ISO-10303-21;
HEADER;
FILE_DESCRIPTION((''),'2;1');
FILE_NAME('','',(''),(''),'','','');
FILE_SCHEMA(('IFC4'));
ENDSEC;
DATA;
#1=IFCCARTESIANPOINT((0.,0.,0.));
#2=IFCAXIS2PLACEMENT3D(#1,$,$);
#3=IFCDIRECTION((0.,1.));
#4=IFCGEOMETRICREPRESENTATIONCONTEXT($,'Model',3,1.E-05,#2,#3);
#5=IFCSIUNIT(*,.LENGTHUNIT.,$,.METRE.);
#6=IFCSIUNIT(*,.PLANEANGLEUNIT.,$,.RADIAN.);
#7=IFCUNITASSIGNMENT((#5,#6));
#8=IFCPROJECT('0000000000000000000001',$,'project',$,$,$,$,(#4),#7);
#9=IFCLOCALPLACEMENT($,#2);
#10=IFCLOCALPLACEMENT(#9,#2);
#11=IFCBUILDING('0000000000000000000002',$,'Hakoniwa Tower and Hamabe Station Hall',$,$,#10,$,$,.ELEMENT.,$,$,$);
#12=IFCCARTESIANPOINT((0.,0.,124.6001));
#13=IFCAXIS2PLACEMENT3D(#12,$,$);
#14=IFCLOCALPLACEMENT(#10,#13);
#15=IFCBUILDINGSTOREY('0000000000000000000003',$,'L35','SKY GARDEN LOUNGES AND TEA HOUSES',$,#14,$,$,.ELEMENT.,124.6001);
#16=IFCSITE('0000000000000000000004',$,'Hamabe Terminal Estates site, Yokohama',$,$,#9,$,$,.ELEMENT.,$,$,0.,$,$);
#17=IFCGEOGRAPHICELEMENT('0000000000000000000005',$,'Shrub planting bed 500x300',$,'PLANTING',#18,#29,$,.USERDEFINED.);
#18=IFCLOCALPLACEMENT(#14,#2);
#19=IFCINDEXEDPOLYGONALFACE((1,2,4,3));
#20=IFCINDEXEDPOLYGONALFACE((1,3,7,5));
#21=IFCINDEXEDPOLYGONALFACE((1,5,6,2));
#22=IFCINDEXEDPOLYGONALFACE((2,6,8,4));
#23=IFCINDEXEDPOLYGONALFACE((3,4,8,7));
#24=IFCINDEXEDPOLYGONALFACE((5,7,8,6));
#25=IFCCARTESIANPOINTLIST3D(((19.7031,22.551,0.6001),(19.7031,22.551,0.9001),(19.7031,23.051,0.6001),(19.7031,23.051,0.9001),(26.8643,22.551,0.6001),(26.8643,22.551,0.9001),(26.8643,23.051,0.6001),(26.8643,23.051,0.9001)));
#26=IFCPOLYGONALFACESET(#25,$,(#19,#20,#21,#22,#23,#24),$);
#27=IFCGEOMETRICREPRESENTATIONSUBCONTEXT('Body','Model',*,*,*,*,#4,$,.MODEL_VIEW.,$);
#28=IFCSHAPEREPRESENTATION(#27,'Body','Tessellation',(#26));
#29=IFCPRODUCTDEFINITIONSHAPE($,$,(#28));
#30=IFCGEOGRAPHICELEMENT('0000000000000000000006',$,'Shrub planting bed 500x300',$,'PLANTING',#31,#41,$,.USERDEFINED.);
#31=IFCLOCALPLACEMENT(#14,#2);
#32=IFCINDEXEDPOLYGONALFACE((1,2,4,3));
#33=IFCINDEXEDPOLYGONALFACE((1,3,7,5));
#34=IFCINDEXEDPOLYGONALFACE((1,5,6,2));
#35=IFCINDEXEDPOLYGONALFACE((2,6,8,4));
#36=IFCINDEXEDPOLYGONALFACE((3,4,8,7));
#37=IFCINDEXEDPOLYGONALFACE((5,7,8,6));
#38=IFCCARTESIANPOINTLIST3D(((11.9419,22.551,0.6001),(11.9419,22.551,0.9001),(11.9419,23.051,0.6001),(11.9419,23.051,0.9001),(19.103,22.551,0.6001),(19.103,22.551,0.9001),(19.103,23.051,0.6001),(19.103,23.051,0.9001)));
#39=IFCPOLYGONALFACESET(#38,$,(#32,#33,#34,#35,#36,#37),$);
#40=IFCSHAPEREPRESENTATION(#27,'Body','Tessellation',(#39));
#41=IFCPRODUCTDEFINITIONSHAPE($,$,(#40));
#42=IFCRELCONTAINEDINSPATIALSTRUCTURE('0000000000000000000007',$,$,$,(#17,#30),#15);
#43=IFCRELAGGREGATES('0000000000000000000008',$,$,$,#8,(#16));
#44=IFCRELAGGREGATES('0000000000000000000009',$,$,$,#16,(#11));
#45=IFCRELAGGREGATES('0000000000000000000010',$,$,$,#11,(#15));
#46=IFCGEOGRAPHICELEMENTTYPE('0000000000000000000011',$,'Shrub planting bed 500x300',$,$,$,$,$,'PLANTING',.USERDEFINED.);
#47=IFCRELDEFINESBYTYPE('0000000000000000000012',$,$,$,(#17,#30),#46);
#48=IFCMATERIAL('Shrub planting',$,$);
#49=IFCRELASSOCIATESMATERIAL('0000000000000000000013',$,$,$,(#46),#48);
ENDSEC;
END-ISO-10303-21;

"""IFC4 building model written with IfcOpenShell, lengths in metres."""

from ifc_helpers import new_model, si_unit, direction, frame, origin, origin_2d, place, context, subcontext, project, spatial, rectangle, extrude, material, type_object, element, save


model = new_model("IFC4")

# Units and contexts
model_context = context("Model", 3, precision=1e-05, world=origin(), true_north=direction((0.0, 1.0)))
body_context = subcontext(model_context, "Body", "Model", "MODEL_VIEW")
ifc_project = project(units=[si_unit("LENGTHUNIT", "METRE"), si_unit("PLANEANGLEUNIT", "RADIAN")], contexts=[model_context])

# Site, building, storey
site_placement = place(None, origin())
site = spatial("IfcSite", under=ifc_project, at=site_placement, Name="Hamabe Terminal Estates site, Yokohama", CompositionType="ELEMENT", RefElevation=0.0)
building_placement = place(site_placement, origin())
building = spatial("IfcBuilding", under=site, at=building_placement, Name="Hakoniwa Tower and Hamabe Station Hall", CompositionType="ELEMENT")
storey_placement = place(building_placement, frame((0.0, 0.0, 124.6001)))
storey = spatial("IfcBuildingStorey", under=building, at=storey_placement, Name="L35", Description="SKY GARDEN LOUNGES AND TEA HOUSES", CompositionType="ELEMENT", Elevation=124.6001)

# Geographic elements
ifc_material_1 = material(Name="Shrub planting")
geographic_element_type = type_object("IfcGeographicElementType", Name="Shrub planting bed 500x300", ElementType="PLANTING", PredefinedType="USERDEFINED", material=ifc_material_1)
for number, where, z_axis, x_axis, name in (
    (1, (23.2837, 22.801, 0.6001), (0.0, 0.0, 1.0), (-1.0, 0.0, 0.0), "Shrub planting bed 500x300"),
    (2, (15.5225, 22.801, 0.6001), (0.0, 0.0, 1.0), (-1.0, 0.0, 0.0), "Shrub planting bed 500x300"),
):
    element("IfcGeographicElement", number, at=place(storey_placement, frame(where, z_axis=z_axis, x_axis=x_axis)), inside=storey, type_object=geographic_element_type, Name=name, ObjectType="PLANTING", PredefinedType="USERDEFINED", context=body_context, shape_type="SweptSolid", body=[
        extrude(rectangle(XDim=7.1611, YDim=0.5, at=origin_2d()), origin(), (0.0, 0.0, 1.0), 0.3),
    ])

save(model, "model.ifc")
